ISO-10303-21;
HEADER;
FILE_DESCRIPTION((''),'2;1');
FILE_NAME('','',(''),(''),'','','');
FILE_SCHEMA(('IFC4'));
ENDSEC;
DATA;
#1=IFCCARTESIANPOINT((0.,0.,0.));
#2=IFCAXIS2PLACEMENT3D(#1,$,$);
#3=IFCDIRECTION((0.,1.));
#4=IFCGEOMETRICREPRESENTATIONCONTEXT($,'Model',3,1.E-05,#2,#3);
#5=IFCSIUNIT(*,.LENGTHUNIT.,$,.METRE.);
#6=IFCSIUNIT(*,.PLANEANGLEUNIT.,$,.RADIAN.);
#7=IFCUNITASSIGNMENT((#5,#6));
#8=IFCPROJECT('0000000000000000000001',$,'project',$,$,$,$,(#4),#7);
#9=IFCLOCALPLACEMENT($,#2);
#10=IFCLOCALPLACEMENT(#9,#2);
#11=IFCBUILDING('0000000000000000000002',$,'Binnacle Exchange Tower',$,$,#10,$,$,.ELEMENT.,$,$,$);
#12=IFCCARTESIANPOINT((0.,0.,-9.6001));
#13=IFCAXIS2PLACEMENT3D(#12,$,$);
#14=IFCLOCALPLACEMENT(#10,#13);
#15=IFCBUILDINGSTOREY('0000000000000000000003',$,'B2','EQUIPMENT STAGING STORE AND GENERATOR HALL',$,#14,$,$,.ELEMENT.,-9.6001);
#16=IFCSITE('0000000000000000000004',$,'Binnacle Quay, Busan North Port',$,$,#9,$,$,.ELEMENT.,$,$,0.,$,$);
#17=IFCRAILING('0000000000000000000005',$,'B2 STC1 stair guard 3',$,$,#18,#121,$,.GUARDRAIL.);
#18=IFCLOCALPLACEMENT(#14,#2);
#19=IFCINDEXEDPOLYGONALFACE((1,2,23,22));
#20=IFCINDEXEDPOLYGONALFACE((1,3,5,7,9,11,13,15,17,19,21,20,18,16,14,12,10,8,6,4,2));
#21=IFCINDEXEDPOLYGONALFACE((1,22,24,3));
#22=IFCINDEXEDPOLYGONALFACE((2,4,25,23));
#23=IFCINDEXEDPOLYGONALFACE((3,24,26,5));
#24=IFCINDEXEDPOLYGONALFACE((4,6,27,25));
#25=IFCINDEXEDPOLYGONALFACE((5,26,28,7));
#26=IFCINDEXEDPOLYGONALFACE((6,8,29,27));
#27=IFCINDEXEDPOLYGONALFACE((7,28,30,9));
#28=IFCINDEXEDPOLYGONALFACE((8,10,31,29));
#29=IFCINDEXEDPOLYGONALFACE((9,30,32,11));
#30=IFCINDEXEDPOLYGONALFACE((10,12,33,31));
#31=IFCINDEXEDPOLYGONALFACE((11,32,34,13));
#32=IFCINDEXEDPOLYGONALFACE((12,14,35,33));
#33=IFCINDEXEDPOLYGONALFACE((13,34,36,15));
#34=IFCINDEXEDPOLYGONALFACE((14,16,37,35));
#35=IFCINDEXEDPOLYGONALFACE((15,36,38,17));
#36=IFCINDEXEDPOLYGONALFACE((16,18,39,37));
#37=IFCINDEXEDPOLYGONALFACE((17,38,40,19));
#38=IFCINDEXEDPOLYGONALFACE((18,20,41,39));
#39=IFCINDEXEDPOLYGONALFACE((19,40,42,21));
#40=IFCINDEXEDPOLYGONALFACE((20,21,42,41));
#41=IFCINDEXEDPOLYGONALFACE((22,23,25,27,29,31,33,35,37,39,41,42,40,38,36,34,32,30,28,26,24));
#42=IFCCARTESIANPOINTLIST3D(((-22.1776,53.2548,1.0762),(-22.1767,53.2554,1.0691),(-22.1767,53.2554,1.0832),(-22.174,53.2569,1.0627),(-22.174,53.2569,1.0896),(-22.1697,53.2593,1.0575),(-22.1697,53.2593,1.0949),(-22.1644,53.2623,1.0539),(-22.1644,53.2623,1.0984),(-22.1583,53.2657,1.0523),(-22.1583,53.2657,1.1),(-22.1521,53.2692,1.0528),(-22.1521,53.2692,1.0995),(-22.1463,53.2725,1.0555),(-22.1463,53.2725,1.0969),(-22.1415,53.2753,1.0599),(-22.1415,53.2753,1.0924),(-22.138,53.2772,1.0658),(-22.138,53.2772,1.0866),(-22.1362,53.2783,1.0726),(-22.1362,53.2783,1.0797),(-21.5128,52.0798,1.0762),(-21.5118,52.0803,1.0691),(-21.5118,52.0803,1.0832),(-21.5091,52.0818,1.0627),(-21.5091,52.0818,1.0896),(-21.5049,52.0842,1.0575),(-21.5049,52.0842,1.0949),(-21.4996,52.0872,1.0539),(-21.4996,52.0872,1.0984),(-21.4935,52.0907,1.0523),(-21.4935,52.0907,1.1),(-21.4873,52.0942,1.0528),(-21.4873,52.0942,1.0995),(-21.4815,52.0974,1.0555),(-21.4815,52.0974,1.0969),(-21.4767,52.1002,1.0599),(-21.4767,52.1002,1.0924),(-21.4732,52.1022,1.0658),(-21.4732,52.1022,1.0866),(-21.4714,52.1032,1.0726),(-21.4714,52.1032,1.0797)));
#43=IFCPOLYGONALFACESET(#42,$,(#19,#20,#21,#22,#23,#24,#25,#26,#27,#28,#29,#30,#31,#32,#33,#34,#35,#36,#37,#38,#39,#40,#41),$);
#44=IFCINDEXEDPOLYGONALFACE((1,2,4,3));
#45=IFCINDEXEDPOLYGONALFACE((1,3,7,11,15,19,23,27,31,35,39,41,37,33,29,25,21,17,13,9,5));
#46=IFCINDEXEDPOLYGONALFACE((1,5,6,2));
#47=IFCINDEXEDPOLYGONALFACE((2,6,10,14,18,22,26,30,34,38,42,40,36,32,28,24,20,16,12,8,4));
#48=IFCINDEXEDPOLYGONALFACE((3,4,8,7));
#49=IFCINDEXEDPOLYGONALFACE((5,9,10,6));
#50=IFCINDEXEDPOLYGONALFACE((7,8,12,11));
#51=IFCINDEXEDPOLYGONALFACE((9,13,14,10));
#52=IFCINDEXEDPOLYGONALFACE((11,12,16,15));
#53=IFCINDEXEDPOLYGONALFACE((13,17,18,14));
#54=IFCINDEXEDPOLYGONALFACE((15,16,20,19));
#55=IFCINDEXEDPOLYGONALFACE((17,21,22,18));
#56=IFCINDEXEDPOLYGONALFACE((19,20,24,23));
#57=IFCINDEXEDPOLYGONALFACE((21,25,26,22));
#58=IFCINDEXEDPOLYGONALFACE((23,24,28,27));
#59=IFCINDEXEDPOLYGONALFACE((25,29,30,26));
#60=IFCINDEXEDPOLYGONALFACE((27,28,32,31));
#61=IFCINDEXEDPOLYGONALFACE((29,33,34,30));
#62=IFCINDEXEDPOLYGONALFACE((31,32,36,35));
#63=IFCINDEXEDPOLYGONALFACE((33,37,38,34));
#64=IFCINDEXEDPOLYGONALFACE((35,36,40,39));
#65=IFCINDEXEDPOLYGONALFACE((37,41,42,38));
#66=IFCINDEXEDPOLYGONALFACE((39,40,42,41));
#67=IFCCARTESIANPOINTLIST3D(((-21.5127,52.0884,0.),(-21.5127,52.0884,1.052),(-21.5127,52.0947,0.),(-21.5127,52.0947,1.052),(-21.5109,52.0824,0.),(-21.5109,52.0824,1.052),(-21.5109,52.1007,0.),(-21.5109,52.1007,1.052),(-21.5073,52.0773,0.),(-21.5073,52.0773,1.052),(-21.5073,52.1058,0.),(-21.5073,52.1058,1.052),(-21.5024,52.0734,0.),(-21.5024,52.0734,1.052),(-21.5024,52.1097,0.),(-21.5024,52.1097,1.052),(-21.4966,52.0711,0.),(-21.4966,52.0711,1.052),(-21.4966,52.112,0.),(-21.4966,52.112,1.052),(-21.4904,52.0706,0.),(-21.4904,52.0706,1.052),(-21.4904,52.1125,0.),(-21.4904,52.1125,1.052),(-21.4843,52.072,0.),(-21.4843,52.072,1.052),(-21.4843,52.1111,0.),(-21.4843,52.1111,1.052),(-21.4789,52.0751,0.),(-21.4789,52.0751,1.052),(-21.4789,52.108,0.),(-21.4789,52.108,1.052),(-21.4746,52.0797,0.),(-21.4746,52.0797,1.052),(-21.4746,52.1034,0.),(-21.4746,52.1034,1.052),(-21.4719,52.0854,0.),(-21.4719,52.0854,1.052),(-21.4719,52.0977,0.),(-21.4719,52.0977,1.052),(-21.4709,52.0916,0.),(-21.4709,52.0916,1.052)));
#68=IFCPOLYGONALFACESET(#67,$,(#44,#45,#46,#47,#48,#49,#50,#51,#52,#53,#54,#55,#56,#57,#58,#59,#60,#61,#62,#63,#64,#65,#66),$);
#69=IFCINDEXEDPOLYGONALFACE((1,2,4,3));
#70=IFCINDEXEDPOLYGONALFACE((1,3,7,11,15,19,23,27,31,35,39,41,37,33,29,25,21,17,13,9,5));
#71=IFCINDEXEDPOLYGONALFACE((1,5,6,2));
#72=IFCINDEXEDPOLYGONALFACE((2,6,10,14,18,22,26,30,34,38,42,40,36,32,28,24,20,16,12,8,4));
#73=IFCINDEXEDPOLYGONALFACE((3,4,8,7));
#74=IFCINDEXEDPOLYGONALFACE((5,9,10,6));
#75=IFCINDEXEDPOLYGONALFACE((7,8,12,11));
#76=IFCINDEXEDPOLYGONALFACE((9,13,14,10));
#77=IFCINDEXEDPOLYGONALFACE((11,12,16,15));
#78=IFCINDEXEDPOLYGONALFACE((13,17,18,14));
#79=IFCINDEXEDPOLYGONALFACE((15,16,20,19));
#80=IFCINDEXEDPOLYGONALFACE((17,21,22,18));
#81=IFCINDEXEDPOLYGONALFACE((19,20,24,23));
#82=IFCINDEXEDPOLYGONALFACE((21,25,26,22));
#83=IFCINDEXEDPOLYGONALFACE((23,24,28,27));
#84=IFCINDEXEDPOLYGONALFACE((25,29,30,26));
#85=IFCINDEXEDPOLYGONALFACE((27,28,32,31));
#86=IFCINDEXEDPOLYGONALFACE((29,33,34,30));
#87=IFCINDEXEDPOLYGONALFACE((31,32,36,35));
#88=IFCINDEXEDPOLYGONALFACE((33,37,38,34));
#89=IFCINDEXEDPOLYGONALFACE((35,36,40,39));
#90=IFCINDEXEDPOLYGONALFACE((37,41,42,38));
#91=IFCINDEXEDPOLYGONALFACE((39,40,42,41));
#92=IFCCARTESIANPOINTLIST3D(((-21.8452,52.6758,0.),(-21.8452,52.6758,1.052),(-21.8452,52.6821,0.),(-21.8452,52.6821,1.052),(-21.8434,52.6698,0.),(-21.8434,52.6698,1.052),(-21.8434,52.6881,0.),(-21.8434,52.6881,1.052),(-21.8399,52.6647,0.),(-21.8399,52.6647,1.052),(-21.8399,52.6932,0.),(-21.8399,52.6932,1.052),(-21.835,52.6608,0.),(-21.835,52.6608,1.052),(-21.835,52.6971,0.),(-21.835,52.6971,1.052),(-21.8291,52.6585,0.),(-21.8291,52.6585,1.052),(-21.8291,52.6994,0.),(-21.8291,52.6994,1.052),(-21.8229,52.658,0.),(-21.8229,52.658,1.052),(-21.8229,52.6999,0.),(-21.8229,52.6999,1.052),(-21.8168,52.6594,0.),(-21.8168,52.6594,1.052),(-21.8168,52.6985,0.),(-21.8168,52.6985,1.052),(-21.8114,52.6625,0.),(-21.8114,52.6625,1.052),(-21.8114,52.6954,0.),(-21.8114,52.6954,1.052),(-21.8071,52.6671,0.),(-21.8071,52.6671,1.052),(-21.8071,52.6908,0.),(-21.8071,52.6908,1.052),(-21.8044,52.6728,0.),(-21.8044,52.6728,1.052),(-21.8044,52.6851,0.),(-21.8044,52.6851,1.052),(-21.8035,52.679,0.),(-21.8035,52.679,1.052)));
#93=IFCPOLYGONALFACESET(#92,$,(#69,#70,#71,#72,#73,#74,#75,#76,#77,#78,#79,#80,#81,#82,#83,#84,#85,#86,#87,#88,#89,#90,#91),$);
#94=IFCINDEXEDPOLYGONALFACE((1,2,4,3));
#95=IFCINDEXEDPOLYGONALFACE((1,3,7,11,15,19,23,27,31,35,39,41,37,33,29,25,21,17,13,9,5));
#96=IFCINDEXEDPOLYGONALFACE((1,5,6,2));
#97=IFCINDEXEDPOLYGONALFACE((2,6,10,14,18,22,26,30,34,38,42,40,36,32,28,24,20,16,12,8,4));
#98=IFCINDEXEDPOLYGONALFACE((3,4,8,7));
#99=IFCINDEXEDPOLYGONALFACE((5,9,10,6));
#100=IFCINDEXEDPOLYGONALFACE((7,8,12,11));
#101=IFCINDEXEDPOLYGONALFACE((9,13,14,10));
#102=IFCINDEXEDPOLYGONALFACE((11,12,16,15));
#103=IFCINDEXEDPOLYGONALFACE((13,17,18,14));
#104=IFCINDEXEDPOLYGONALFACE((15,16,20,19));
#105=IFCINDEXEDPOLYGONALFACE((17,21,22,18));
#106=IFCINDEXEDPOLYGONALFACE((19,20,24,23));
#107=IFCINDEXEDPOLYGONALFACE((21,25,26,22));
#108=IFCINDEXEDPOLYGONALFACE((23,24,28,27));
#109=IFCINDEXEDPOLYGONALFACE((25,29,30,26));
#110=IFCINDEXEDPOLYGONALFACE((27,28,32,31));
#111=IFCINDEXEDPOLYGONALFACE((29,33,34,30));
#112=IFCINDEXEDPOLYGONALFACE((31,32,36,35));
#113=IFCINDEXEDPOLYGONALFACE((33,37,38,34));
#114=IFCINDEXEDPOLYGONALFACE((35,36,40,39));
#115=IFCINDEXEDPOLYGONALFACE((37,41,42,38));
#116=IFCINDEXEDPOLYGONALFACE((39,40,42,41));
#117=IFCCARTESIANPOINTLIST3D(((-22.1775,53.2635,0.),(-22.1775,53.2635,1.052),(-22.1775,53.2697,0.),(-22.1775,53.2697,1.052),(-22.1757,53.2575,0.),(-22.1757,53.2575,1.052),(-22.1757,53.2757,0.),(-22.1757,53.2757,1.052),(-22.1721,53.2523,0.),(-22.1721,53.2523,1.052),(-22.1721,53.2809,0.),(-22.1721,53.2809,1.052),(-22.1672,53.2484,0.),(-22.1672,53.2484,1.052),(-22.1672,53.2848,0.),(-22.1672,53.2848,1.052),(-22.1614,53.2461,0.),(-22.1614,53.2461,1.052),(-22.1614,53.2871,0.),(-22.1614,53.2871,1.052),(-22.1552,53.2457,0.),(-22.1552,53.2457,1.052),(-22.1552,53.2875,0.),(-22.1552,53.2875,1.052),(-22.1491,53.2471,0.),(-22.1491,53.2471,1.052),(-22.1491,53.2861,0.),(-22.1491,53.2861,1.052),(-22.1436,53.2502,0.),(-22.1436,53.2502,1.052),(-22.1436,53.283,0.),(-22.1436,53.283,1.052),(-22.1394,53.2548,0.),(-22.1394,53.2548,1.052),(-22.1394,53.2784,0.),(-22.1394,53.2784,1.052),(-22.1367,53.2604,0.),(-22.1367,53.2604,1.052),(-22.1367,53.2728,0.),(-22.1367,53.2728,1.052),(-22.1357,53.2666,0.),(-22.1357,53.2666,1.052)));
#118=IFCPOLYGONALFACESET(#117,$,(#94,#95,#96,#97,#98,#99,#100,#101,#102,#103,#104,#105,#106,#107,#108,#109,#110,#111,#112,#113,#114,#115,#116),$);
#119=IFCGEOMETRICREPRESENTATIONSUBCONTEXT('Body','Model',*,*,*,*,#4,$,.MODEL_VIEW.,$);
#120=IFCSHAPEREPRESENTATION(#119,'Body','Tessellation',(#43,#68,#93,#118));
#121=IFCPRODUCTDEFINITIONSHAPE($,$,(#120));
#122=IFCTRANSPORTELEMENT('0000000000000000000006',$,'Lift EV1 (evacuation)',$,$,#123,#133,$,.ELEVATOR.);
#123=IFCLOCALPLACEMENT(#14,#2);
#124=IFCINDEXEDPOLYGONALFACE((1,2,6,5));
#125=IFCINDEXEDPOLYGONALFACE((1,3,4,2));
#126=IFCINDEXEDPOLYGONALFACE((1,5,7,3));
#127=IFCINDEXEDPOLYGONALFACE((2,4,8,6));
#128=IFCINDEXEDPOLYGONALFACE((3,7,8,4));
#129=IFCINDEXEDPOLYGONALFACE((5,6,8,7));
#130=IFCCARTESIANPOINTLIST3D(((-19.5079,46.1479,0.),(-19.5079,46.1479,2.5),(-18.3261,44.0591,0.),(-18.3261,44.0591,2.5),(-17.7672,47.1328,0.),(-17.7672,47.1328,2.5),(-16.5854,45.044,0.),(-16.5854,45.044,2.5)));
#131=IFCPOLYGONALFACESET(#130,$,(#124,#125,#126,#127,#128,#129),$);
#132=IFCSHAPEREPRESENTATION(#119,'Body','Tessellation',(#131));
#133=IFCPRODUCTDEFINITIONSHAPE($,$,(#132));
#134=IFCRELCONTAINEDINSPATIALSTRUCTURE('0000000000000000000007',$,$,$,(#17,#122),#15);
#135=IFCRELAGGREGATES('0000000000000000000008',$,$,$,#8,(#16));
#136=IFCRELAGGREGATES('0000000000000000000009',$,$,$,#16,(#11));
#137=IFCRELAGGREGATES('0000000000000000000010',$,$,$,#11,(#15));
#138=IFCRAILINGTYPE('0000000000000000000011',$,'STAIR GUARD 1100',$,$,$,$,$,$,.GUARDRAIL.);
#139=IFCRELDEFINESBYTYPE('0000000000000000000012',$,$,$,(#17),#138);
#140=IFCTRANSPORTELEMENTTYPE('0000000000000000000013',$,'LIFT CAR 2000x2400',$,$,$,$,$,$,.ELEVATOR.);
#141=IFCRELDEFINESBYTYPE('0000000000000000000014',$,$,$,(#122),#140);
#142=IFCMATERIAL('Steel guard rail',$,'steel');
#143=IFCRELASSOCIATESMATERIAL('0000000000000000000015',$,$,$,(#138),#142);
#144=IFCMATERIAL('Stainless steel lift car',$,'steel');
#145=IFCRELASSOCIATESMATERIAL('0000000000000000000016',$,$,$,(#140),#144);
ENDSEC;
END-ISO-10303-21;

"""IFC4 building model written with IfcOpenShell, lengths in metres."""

from ifc_helpers import new_model, si_unit, direction, frame, origin, origin_2d, place, context, subcontext, project, spatial, rectangle, circle, extrude, material, type_object, element, save


model = new_model("IFC4")

# Units and contexts
model_context = context("Model", 3, precision=1e-05, world=origin(), true_north=direction((0.0, 1.0)))
body_context = subcontext(model_context, "Body", "Model", "MODEL_VIEW")
ifc_project = project(units=[si_unit("LENGTHUNIT", "METRE"), si_unit("PLANEANGLEUNIT", "RADIAN")], contexts=[model_context])

# Site, building, storey
site_placement = place(None, origin())
site = spatial("IfcSite", under=ifc_project, at=site_placement, Name="Binnacle Quay, Busan North Port", CompositionType="ELEMENT", RefElevation=0.0)
building_placement = place(site_placement, origin())
building = spatial("IfcBuilding", under=site, at=building_placement, Name="Binnacle Exchange Tower", CompositionType="ELEMENT")
storey_placement = place(building_placement, frame((0.0, 0.0, -9.6001)))
storey = spatial("IfcBuildingStorey", under=building, at=storey_placement, Name="B2", Description="EQUIPMENT STAGING STORE AND GENERATOR HALL", CompositionType="ELEMENT", Elevation=-9.6001)

# Railing
ifc_material_1 = material(Name="Steel guard rail", Category="steel")
railing_type_1 = type_object("IfcRailingType", Name="STAIR GUARD 1100", PredefinedType="GUARDRAIL", material=ifc_material_1)
railing_1_placement = place(storey_placement, frame((-21.4919, 52.0916, 0.0)))
element("IfcRailing", 1, at=railing_1_placement, inside=storey, type_object=railing_type_1, Name="B2 STC1 stair guard 3", PredefinedType="GUARDRAIL", context=body_context, shape_type="SweptSolid", body=[
    extrude(circle(Radius=0.0239, at=origin_2d()), frame((0.0, 0.0, 1.0762), z_axis=(-0.492415, 0.870361, 0.0), x_axis=(-0.870361, -0.492415, 0.0)), (0.0, 0.0, 1.0), 1.3501),
    extrude(circle(Radius=0.021, at=origin_2d()), origin(), (0.0, 0.0, 1.0), 1.052),
    extrude(circle(Radius=0.021, at=origin_2d()), frame((-0.3325, 0.5874, 0.0)), (0.0, 0.0, 1.0), 1.052),
    extrude(circle(Radius=0.021, at=origin_2d()), frame((-0.6648, 1.175, 0.0)), (0.0, 0.0, 1.0), 1.052),
])

# Transport element
ifc_material_2 = material(Name="Stainless steel lift car", Category="steel")
transport_element_type = type_object("IfcTransportElementType", Name="LIFT CAR 2000x2400", PredefinedType="ELEVATOR", material=ifc_material_2)
transport_element_placement = place(storey_placement, frame((-18.0466, 45.5959, 0.0), z_axis=(0.0, 0.0, 1.0), x_axis=(0.870356, 0.492424, 0.0)))
element("IfcTransportElement", 2, at=transport_element_placement, inside=storey, type_object=transport_element_type, Name="Lift EV1 (evacuation)", PredefinedType="ELEVATOR", context=body_context, shape_type="SweptSolid", body=[
    extrude(rectangle(XDim=2.0, YDim=2.3999, at=origin_2d()), origin(), (0.0, 0.0, 1.0), 2.5),
])

save(model, "model.ifc")
